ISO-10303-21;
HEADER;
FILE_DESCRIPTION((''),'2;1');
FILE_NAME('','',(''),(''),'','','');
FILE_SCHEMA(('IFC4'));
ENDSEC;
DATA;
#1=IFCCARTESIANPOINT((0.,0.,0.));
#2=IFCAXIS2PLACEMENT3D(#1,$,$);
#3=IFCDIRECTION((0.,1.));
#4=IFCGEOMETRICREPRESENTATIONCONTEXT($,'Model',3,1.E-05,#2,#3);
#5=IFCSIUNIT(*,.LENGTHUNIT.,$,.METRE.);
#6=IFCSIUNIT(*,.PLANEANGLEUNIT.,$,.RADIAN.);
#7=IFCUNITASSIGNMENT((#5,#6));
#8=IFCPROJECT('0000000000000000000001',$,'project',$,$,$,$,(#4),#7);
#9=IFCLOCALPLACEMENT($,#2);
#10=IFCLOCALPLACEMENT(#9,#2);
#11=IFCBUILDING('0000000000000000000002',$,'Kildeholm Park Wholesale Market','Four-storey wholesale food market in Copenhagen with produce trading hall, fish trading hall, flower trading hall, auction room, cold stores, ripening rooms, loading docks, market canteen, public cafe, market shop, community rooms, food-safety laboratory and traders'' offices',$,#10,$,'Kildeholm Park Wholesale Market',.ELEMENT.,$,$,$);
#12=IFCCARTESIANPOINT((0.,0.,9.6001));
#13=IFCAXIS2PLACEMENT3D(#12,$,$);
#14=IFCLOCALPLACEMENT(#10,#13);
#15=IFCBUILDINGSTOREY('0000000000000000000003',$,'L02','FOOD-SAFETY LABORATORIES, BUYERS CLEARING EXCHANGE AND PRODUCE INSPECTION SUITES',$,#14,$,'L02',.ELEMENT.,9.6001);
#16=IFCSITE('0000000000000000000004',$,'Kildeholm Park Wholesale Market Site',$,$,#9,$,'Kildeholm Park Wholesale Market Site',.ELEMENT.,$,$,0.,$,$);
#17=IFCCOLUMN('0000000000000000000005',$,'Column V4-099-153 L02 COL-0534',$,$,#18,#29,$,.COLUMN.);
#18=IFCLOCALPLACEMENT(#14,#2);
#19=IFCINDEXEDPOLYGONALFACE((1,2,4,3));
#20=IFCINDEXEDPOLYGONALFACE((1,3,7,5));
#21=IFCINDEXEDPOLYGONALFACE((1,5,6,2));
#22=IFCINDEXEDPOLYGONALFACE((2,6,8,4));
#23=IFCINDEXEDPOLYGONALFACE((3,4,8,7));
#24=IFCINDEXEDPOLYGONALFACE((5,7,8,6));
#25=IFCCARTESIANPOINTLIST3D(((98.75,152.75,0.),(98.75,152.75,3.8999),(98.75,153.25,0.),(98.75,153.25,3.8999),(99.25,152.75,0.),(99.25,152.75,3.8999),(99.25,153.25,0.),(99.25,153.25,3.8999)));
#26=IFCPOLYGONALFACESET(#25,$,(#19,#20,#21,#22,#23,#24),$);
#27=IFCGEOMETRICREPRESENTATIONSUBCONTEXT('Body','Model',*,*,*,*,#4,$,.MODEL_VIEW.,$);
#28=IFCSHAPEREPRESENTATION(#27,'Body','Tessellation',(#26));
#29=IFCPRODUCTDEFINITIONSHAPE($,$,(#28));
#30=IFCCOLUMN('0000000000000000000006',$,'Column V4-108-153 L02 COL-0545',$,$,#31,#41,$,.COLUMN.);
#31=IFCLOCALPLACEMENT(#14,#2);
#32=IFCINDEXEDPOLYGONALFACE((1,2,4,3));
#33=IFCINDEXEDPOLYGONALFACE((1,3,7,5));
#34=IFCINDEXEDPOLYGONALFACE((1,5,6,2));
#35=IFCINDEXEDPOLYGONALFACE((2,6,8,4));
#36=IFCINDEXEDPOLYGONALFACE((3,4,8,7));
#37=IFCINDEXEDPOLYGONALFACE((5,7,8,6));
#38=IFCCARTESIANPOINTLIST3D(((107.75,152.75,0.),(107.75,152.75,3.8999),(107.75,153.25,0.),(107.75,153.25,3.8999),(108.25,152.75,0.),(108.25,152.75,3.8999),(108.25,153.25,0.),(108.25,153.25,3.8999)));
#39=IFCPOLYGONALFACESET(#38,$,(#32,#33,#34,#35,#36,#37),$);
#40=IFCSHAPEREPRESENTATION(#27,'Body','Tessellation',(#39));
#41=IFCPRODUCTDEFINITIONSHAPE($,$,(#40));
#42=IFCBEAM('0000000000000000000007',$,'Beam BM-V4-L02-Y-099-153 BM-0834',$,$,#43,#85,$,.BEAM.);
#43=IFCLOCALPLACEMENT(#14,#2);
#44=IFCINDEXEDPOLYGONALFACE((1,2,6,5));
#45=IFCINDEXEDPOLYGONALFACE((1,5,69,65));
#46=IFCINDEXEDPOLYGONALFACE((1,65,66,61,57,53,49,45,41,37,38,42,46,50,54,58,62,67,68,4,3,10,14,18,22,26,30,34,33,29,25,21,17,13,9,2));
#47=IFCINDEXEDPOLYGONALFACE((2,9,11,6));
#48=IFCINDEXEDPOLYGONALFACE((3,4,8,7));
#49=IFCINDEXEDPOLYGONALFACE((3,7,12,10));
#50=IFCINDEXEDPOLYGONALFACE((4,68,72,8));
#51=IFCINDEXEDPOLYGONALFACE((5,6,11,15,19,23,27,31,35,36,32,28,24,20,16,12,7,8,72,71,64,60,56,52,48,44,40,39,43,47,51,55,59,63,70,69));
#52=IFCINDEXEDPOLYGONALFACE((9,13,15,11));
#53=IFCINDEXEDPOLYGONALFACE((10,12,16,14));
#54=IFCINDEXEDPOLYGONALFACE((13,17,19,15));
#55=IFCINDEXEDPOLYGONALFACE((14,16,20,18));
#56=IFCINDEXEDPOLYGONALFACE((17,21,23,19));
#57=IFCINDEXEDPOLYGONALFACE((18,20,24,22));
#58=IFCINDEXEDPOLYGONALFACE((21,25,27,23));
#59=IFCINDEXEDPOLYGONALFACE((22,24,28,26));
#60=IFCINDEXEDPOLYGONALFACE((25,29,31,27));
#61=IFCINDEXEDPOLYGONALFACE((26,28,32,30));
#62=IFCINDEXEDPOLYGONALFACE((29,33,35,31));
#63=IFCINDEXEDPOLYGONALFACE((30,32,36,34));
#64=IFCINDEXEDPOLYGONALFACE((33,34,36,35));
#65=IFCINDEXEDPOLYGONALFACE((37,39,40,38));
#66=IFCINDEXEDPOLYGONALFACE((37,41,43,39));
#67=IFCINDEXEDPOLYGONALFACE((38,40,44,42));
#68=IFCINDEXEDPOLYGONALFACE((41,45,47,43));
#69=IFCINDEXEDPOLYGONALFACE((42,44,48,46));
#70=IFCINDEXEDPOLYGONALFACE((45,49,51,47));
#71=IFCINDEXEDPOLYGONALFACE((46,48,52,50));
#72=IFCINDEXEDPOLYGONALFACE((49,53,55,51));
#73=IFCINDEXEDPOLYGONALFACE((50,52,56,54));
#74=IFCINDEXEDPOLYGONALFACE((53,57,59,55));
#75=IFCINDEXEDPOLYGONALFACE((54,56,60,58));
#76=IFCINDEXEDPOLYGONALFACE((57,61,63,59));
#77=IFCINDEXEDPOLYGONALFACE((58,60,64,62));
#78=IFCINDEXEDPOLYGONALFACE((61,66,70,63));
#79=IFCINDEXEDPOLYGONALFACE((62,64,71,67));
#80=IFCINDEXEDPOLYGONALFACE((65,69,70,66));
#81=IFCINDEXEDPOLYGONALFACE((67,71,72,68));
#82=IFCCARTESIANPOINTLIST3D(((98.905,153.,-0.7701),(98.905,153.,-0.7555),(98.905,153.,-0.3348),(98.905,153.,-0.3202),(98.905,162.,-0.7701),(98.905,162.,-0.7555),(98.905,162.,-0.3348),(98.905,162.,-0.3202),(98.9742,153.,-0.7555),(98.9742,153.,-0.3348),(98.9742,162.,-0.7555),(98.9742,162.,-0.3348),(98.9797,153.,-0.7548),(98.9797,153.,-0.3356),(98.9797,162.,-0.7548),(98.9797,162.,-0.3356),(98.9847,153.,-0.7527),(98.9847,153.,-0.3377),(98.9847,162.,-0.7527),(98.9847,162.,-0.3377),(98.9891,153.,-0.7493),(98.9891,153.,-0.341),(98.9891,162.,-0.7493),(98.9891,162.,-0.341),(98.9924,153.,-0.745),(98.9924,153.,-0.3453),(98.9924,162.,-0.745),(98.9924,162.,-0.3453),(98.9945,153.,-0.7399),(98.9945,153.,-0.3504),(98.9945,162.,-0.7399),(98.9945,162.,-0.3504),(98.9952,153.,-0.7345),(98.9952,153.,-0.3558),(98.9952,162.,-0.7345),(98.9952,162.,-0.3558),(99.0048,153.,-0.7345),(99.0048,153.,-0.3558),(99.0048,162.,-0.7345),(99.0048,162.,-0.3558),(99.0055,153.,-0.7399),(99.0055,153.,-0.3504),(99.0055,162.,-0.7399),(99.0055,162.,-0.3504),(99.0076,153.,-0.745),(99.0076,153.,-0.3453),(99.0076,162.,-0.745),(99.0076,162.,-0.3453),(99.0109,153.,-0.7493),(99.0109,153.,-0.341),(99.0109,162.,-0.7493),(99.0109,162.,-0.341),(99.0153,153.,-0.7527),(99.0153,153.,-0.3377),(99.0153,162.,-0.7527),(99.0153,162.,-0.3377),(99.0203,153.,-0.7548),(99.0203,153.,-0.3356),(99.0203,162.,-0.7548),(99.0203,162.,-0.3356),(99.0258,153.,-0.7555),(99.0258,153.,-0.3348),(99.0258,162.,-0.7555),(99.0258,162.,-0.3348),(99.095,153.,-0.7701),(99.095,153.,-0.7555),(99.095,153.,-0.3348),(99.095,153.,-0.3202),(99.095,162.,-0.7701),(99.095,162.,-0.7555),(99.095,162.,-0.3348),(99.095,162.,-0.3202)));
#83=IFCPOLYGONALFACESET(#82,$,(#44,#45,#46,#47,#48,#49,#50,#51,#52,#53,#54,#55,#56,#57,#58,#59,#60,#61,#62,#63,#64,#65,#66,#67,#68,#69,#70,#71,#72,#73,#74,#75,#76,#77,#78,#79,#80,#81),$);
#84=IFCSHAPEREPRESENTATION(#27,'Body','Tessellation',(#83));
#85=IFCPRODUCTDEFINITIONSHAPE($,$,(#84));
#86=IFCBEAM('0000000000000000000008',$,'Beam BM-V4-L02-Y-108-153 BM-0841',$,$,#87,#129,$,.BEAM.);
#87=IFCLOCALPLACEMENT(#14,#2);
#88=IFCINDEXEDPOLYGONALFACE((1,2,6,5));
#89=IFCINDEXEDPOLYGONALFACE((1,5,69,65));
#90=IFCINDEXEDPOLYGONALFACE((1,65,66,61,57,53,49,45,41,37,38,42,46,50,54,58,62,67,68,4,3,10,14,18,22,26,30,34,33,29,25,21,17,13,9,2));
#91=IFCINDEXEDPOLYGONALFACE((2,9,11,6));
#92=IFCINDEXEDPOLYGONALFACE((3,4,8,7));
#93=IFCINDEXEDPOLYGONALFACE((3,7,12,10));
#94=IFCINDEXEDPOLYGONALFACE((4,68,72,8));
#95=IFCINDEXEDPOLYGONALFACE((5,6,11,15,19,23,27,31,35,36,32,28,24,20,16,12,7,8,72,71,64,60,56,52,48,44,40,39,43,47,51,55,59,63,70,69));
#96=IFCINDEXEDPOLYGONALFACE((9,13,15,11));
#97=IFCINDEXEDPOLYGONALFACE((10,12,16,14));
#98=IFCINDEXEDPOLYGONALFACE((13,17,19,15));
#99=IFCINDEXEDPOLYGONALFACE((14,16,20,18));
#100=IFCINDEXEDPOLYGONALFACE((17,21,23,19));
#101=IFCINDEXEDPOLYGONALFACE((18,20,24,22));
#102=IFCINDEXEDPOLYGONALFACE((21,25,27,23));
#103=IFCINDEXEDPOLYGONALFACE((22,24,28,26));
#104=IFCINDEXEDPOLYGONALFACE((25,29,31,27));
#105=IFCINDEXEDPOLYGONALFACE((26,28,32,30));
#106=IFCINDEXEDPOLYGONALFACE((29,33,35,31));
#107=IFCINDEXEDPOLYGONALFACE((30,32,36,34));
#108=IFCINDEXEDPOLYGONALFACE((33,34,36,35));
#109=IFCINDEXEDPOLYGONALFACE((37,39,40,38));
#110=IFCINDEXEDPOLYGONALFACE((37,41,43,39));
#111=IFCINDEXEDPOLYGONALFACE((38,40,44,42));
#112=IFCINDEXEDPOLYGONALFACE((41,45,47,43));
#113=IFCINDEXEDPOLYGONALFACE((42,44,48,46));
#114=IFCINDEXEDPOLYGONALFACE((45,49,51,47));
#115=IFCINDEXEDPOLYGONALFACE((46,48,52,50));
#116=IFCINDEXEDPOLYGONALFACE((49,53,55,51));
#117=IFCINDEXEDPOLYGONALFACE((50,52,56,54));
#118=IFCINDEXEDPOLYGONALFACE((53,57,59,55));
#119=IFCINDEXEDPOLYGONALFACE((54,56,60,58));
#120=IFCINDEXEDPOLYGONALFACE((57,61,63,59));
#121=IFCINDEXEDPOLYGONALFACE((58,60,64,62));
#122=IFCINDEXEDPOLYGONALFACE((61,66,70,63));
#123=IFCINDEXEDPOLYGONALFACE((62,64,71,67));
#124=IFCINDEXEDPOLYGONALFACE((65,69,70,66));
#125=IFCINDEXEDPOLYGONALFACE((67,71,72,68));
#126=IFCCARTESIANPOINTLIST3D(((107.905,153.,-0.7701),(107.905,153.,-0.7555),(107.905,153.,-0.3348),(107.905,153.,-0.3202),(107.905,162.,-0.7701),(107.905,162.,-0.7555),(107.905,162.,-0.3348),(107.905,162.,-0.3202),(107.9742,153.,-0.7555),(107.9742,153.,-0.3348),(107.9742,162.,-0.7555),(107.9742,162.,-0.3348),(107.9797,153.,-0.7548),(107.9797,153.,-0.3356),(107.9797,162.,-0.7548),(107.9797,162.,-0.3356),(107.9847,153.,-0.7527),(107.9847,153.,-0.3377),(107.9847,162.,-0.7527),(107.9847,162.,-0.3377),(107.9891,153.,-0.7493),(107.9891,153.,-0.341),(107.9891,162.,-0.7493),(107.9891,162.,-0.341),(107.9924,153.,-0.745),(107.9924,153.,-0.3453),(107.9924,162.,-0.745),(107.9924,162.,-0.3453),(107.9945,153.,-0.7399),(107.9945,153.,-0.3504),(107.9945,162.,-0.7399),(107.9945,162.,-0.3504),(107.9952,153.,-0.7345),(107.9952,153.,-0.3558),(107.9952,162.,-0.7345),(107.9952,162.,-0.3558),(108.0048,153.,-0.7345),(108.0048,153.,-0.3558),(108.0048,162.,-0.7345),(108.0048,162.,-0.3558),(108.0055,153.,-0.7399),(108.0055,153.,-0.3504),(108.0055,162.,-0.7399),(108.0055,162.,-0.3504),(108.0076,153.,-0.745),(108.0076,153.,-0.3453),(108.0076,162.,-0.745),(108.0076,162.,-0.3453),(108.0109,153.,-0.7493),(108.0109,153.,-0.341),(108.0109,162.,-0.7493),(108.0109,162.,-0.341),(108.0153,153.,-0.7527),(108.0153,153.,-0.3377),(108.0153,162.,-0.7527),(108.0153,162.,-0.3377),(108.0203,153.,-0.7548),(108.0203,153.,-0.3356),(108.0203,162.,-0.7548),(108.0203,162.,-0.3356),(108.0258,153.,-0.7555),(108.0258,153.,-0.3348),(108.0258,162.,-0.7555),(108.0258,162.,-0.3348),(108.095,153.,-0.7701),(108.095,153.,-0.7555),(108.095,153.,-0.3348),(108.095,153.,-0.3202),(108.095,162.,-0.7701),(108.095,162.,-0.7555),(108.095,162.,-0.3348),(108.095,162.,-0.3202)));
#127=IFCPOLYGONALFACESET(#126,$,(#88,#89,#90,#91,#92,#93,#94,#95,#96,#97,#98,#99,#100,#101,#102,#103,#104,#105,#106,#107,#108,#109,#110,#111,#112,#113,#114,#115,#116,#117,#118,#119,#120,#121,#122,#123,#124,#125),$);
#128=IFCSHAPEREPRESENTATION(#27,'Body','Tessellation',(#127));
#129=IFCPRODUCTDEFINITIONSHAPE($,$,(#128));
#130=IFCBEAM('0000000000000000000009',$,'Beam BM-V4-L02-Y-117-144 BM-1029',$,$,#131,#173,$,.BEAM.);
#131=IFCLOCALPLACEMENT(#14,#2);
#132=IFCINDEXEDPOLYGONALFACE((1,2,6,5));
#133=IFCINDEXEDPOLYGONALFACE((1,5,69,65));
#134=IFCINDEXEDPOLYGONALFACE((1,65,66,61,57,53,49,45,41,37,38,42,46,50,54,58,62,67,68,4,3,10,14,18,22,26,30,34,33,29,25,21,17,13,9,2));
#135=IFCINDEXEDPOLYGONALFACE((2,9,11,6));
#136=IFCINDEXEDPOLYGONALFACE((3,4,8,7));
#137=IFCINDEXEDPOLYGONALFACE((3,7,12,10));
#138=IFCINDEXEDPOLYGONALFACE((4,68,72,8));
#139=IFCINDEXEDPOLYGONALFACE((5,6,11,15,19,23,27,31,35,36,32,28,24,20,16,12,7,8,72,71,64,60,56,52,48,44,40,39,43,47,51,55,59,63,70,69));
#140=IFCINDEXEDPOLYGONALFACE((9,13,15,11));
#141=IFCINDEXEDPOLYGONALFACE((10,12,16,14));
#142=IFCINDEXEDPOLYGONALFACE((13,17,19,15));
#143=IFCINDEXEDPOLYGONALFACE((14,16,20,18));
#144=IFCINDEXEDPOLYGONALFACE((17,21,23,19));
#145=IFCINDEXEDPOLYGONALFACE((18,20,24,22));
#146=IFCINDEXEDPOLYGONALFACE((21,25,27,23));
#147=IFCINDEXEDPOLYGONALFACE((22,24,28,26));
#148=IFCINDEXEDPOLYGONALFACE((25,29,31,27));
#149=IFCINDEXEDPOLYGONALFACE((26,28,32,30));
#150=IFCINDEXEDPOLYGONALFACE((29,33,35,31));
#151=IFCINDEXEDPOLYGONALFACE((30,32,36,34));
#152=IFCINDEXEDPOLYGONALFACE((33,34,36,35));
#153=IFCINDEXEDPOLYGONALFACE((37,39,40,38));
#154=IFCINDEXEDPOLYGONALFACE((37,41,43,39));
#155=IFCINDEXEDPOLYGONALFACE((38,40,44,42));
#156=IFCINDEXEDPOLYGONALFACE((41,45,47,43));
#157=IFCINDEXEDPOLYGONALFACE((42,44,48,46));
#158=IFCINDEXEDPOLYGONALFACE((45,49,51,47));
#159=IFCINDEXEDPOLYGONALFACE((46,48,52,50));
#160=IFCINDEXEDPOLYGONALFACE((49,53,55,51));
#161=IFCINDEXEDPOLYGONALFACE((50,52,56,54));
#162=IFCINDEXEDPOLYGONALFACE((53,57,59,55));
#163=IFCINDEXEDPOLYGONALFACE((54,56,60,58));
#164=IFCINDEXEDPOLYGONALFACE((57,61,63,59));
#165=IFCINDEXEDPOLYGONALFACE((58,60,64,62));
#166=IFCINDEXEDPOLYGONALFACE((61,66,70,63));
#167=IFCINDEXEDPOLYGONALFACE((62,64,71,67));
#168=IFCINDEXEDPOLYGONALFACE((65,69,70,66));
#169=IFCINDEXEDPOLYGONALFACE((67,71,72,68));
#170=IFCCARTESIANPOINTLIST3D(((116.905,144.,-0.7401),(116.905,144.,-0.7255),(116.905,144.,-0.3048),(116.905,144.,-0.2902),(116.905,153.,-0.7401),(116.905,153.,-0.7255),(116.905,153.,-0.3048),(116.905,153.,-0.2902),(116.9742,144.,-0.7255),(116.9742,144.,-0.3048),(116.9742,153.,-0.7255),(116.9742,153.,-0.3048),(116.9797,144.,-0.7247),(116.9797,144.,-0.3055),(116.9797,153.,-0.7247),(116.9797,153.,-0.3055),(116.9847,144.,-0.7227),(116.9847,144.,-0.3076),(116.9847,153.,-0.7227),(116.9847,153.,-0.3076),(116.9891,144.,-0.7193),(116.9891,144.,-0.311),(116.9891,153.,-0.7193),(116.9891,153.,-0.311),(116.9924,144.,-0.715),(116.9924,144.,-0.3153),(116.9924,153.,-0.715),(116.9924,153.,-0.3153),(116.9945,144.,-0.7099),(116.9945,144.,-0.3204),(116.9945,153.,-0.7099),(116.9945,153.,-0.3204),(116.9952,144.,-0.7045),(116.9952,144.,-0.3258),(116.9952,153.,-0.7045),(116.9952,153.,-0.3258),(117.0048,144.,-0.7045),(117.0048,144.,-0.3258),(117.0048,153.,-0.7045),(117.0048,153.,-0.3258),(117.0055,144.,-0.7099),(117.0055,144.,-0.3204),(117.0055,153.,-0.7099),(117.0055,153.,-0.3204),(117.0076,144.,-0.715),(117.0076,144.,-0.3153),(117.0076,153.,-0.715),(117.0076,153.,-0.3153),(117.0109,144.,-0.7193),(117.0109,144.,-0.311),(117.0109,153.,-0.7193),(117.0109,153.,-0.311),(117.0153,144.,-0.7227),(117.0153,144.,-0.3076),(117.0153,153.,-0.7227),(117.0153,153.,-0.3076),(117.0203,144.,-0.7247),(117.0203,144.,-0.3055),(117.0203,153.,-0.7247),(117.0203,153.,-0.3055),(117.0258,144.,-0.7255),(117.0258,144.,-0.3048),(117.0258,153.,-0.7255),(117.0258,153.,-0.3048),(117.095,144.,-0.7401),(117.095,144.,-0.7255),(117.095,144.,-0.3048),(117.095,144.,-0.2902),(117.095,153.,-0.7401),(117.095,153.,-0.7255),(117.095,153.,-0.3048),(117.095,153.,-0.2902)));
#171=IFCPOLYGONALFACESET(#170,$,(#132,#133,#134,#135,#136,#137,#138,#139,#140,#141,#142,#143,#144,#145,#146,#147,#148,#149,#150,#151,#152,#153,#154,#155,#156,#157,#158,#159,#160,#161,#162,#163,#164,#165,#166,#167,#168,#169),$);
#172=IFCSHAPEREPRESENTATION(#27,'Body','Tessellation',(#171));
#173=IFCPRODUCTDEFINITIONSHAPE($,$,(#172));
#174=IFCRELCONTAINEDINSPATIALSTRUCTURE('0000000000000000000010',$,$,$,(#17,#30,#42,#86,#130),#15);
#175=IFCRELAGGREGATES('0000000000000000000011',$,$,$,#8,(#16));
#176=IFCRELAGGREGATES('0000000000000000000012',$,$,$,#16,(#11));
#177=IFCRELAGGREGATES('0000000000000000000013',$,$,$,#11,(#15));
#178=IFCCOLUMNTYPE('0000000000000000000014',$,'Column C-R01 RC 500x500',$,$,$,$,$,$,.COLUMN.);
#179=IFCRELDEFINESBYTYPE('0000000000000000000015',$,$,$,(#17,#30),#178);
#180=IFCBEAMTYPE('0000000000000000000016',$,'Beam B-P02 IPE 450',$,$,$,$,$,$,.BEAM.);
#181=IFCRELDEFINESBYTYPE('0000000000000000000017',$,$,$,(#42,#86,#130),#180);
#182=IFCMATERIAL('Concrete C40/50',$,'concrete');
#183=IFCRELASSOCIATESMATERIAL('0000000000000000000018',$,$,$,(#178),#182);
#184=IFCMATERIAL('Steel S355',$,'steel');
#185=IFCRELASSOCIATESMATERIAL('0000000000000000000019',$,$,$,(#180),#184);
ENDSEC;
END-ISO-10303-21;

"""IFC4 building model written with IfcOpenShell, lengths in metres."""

from ifc_helpers import new_model, si_unit, direction, frame, origin, origin_2d, place, context, subcontext, project, spatial, rectangle, i_section, extrude, material, material_profile, profile_set, type_object, element, save


model = new_model("IFC4")

# Units and contexts
model_context = context("Model", 3, precision=1e-05, world=origin(), true_north=direction((0.0, 1.0)))
body_context = subcontext(model_context, "Body", "Model", "MODEL_VIEW")
ifc_project = project(units=[si_unit("LENGTHUNIT", "METRE"), si_unit("PLANEANGLEUNIT", "RADIAN")], contexts=[model_context])

# Site, building, storey
site_placement = place(None, origin())
site = spatial("IfcSite", under=ifc_project, at=site_placement, Name="Kildeholm Park Wholesale Market Site", LongName="Kildeholm Park Wholesale Market Site", CompositionType="ELEMENT", RefElevation=0.0)
building_placement = place(site_placement, origin())
building = spatial("IfcBuilding", under=site, at=building_placement, Name="Kildeholm Park Wholesale Market", Description="Four-storey wholesale food market in Copenhagen with produce trading hall, fish trading hall, flower trading hall, auction room, cold stores, ripening rooms, loading docks, market canteen, public cafe, market shop, community rooms, food-safety laboratory and traders' offices", LongName="Kildeholm Park Wholesale Market", CompositionType="ELEMENT")
storey_placement = place(building_placement, frame((0.0, 0.0, 9.6001)))
storey = spatial("IfcBuildingStorey", under=building, at=storey_placement, Name="L02", Description="FOOD-SAFETY LABORATORIES, BUYERS CLEARING EXCHANGE AND PRODUCE INSPECTION SUITES", LongName="L02", CompositionType="ELEMENT", Elevation=9.6001)

# Columns
ifc_material_1 = material(Name="Concrete C40/50", Category="concrete")
ifc_material_profile_1 = material_profile(ifc_material_1, rectangle(XDim=0.5, YDim=0.5, at=origin_2d()), Name="RC 500x500")
ifc_profile_set_1 = profile_set([ifc_material_profile_1], Name="Concrete C40/50")
column_type = type_object("IfcColumnType", Name="Column C-R01 RC 500x500", PredefinedType="COLUMN", material=ifc_profile_set_1)
for number, where, z_axis, x_axis, name in (
    (1, (99.0, 153.0, 0.0), (0.0, 0.0, 1.0), (1.0, 0.0, 0.0), "Column V4-099-153 L02 COL-0534"),
    (2, (108.0, 153.0, 0.0), (0.0, 0.0, 1.0), (1.0, 0.0, 0.0), "Column V4-108-153 L02 COL-0545"),
):
    element("IfcColumn", number, at=place(storey_placement, frame(where, z_axis=z_axis, x_axis=x_axis)), inside=storey, type_object=column_type, Name=name, PredefinedType="COLUMN", context=body_context, shape_type="SweptSolid", body=[
        extrude(rectangle(XDim=0.5, YDim=0.5, at=origin_2d()), origin(), (0.0, 0.0, 1.0), 3.8999),
    ])

# Beams
ifc_material_2 = material(Name="Steel S355", Category="steel")
ifc_material_profile_2 = material_profile(ifc_material_2, i_section(OverallWidth=0.1899, OverallDepth=0.45, WebThickness=0.0095, FlangeThickness=0.0146, FilletRadius=0.021, at=origin_2d()), Name="IPE 450")
ifc_profile_set_2 = profile_set([ifc_material_profile_2], Name="Steel S355")
beam_type_1 = type_object("IfcBeamType", Name="Beam B-P02 IPE 450", PredefinedType="BEAM", material=ifc_profile_set_2)
for number, where, z_axis, x_axis, name in (
    (3, (99.0, 153.0, -0.5452), (0.0, 1.0, 0.0), (-1.0, 0.0, 0.0), "Beam BM-V4-L02-Y-099-153 BM-0834"),
    (4, (108.0, 153.0, -0.5452), (0.0, 1.0, 0.0), (-1.0, 0.0, 0.0), "Beam BM-V4-L02-Y-108-153 BM-0841"),
    (5, (117.0, 144.0, -0.5151), (0.0, 1.0, 0.0), (-1.0, 0.0, 0.0), "Beam BM-V4-L02-Y-117-144 BM-1029"),
):
    element("IfcBeam", number, at=place(storey_placement, frame(where, z_axis=z_axis, x_axis=x_axis)), inside=storey, type_object=beam_type_1, Name=name, PredefinedType="BEAM", context=body_context, shape_type="SweptSolid", body=[
        extrude(i_section(OverallWidth=0.1899, OverallDepth=0.45, WebThickness=0.0095, FlangeThickness=0.0146, FilletRadius=0.021, at=origin_2d()), origin(), (0.0, 0.0, 1.0), 9.0),
    ])

save(model, "model.ifc")
